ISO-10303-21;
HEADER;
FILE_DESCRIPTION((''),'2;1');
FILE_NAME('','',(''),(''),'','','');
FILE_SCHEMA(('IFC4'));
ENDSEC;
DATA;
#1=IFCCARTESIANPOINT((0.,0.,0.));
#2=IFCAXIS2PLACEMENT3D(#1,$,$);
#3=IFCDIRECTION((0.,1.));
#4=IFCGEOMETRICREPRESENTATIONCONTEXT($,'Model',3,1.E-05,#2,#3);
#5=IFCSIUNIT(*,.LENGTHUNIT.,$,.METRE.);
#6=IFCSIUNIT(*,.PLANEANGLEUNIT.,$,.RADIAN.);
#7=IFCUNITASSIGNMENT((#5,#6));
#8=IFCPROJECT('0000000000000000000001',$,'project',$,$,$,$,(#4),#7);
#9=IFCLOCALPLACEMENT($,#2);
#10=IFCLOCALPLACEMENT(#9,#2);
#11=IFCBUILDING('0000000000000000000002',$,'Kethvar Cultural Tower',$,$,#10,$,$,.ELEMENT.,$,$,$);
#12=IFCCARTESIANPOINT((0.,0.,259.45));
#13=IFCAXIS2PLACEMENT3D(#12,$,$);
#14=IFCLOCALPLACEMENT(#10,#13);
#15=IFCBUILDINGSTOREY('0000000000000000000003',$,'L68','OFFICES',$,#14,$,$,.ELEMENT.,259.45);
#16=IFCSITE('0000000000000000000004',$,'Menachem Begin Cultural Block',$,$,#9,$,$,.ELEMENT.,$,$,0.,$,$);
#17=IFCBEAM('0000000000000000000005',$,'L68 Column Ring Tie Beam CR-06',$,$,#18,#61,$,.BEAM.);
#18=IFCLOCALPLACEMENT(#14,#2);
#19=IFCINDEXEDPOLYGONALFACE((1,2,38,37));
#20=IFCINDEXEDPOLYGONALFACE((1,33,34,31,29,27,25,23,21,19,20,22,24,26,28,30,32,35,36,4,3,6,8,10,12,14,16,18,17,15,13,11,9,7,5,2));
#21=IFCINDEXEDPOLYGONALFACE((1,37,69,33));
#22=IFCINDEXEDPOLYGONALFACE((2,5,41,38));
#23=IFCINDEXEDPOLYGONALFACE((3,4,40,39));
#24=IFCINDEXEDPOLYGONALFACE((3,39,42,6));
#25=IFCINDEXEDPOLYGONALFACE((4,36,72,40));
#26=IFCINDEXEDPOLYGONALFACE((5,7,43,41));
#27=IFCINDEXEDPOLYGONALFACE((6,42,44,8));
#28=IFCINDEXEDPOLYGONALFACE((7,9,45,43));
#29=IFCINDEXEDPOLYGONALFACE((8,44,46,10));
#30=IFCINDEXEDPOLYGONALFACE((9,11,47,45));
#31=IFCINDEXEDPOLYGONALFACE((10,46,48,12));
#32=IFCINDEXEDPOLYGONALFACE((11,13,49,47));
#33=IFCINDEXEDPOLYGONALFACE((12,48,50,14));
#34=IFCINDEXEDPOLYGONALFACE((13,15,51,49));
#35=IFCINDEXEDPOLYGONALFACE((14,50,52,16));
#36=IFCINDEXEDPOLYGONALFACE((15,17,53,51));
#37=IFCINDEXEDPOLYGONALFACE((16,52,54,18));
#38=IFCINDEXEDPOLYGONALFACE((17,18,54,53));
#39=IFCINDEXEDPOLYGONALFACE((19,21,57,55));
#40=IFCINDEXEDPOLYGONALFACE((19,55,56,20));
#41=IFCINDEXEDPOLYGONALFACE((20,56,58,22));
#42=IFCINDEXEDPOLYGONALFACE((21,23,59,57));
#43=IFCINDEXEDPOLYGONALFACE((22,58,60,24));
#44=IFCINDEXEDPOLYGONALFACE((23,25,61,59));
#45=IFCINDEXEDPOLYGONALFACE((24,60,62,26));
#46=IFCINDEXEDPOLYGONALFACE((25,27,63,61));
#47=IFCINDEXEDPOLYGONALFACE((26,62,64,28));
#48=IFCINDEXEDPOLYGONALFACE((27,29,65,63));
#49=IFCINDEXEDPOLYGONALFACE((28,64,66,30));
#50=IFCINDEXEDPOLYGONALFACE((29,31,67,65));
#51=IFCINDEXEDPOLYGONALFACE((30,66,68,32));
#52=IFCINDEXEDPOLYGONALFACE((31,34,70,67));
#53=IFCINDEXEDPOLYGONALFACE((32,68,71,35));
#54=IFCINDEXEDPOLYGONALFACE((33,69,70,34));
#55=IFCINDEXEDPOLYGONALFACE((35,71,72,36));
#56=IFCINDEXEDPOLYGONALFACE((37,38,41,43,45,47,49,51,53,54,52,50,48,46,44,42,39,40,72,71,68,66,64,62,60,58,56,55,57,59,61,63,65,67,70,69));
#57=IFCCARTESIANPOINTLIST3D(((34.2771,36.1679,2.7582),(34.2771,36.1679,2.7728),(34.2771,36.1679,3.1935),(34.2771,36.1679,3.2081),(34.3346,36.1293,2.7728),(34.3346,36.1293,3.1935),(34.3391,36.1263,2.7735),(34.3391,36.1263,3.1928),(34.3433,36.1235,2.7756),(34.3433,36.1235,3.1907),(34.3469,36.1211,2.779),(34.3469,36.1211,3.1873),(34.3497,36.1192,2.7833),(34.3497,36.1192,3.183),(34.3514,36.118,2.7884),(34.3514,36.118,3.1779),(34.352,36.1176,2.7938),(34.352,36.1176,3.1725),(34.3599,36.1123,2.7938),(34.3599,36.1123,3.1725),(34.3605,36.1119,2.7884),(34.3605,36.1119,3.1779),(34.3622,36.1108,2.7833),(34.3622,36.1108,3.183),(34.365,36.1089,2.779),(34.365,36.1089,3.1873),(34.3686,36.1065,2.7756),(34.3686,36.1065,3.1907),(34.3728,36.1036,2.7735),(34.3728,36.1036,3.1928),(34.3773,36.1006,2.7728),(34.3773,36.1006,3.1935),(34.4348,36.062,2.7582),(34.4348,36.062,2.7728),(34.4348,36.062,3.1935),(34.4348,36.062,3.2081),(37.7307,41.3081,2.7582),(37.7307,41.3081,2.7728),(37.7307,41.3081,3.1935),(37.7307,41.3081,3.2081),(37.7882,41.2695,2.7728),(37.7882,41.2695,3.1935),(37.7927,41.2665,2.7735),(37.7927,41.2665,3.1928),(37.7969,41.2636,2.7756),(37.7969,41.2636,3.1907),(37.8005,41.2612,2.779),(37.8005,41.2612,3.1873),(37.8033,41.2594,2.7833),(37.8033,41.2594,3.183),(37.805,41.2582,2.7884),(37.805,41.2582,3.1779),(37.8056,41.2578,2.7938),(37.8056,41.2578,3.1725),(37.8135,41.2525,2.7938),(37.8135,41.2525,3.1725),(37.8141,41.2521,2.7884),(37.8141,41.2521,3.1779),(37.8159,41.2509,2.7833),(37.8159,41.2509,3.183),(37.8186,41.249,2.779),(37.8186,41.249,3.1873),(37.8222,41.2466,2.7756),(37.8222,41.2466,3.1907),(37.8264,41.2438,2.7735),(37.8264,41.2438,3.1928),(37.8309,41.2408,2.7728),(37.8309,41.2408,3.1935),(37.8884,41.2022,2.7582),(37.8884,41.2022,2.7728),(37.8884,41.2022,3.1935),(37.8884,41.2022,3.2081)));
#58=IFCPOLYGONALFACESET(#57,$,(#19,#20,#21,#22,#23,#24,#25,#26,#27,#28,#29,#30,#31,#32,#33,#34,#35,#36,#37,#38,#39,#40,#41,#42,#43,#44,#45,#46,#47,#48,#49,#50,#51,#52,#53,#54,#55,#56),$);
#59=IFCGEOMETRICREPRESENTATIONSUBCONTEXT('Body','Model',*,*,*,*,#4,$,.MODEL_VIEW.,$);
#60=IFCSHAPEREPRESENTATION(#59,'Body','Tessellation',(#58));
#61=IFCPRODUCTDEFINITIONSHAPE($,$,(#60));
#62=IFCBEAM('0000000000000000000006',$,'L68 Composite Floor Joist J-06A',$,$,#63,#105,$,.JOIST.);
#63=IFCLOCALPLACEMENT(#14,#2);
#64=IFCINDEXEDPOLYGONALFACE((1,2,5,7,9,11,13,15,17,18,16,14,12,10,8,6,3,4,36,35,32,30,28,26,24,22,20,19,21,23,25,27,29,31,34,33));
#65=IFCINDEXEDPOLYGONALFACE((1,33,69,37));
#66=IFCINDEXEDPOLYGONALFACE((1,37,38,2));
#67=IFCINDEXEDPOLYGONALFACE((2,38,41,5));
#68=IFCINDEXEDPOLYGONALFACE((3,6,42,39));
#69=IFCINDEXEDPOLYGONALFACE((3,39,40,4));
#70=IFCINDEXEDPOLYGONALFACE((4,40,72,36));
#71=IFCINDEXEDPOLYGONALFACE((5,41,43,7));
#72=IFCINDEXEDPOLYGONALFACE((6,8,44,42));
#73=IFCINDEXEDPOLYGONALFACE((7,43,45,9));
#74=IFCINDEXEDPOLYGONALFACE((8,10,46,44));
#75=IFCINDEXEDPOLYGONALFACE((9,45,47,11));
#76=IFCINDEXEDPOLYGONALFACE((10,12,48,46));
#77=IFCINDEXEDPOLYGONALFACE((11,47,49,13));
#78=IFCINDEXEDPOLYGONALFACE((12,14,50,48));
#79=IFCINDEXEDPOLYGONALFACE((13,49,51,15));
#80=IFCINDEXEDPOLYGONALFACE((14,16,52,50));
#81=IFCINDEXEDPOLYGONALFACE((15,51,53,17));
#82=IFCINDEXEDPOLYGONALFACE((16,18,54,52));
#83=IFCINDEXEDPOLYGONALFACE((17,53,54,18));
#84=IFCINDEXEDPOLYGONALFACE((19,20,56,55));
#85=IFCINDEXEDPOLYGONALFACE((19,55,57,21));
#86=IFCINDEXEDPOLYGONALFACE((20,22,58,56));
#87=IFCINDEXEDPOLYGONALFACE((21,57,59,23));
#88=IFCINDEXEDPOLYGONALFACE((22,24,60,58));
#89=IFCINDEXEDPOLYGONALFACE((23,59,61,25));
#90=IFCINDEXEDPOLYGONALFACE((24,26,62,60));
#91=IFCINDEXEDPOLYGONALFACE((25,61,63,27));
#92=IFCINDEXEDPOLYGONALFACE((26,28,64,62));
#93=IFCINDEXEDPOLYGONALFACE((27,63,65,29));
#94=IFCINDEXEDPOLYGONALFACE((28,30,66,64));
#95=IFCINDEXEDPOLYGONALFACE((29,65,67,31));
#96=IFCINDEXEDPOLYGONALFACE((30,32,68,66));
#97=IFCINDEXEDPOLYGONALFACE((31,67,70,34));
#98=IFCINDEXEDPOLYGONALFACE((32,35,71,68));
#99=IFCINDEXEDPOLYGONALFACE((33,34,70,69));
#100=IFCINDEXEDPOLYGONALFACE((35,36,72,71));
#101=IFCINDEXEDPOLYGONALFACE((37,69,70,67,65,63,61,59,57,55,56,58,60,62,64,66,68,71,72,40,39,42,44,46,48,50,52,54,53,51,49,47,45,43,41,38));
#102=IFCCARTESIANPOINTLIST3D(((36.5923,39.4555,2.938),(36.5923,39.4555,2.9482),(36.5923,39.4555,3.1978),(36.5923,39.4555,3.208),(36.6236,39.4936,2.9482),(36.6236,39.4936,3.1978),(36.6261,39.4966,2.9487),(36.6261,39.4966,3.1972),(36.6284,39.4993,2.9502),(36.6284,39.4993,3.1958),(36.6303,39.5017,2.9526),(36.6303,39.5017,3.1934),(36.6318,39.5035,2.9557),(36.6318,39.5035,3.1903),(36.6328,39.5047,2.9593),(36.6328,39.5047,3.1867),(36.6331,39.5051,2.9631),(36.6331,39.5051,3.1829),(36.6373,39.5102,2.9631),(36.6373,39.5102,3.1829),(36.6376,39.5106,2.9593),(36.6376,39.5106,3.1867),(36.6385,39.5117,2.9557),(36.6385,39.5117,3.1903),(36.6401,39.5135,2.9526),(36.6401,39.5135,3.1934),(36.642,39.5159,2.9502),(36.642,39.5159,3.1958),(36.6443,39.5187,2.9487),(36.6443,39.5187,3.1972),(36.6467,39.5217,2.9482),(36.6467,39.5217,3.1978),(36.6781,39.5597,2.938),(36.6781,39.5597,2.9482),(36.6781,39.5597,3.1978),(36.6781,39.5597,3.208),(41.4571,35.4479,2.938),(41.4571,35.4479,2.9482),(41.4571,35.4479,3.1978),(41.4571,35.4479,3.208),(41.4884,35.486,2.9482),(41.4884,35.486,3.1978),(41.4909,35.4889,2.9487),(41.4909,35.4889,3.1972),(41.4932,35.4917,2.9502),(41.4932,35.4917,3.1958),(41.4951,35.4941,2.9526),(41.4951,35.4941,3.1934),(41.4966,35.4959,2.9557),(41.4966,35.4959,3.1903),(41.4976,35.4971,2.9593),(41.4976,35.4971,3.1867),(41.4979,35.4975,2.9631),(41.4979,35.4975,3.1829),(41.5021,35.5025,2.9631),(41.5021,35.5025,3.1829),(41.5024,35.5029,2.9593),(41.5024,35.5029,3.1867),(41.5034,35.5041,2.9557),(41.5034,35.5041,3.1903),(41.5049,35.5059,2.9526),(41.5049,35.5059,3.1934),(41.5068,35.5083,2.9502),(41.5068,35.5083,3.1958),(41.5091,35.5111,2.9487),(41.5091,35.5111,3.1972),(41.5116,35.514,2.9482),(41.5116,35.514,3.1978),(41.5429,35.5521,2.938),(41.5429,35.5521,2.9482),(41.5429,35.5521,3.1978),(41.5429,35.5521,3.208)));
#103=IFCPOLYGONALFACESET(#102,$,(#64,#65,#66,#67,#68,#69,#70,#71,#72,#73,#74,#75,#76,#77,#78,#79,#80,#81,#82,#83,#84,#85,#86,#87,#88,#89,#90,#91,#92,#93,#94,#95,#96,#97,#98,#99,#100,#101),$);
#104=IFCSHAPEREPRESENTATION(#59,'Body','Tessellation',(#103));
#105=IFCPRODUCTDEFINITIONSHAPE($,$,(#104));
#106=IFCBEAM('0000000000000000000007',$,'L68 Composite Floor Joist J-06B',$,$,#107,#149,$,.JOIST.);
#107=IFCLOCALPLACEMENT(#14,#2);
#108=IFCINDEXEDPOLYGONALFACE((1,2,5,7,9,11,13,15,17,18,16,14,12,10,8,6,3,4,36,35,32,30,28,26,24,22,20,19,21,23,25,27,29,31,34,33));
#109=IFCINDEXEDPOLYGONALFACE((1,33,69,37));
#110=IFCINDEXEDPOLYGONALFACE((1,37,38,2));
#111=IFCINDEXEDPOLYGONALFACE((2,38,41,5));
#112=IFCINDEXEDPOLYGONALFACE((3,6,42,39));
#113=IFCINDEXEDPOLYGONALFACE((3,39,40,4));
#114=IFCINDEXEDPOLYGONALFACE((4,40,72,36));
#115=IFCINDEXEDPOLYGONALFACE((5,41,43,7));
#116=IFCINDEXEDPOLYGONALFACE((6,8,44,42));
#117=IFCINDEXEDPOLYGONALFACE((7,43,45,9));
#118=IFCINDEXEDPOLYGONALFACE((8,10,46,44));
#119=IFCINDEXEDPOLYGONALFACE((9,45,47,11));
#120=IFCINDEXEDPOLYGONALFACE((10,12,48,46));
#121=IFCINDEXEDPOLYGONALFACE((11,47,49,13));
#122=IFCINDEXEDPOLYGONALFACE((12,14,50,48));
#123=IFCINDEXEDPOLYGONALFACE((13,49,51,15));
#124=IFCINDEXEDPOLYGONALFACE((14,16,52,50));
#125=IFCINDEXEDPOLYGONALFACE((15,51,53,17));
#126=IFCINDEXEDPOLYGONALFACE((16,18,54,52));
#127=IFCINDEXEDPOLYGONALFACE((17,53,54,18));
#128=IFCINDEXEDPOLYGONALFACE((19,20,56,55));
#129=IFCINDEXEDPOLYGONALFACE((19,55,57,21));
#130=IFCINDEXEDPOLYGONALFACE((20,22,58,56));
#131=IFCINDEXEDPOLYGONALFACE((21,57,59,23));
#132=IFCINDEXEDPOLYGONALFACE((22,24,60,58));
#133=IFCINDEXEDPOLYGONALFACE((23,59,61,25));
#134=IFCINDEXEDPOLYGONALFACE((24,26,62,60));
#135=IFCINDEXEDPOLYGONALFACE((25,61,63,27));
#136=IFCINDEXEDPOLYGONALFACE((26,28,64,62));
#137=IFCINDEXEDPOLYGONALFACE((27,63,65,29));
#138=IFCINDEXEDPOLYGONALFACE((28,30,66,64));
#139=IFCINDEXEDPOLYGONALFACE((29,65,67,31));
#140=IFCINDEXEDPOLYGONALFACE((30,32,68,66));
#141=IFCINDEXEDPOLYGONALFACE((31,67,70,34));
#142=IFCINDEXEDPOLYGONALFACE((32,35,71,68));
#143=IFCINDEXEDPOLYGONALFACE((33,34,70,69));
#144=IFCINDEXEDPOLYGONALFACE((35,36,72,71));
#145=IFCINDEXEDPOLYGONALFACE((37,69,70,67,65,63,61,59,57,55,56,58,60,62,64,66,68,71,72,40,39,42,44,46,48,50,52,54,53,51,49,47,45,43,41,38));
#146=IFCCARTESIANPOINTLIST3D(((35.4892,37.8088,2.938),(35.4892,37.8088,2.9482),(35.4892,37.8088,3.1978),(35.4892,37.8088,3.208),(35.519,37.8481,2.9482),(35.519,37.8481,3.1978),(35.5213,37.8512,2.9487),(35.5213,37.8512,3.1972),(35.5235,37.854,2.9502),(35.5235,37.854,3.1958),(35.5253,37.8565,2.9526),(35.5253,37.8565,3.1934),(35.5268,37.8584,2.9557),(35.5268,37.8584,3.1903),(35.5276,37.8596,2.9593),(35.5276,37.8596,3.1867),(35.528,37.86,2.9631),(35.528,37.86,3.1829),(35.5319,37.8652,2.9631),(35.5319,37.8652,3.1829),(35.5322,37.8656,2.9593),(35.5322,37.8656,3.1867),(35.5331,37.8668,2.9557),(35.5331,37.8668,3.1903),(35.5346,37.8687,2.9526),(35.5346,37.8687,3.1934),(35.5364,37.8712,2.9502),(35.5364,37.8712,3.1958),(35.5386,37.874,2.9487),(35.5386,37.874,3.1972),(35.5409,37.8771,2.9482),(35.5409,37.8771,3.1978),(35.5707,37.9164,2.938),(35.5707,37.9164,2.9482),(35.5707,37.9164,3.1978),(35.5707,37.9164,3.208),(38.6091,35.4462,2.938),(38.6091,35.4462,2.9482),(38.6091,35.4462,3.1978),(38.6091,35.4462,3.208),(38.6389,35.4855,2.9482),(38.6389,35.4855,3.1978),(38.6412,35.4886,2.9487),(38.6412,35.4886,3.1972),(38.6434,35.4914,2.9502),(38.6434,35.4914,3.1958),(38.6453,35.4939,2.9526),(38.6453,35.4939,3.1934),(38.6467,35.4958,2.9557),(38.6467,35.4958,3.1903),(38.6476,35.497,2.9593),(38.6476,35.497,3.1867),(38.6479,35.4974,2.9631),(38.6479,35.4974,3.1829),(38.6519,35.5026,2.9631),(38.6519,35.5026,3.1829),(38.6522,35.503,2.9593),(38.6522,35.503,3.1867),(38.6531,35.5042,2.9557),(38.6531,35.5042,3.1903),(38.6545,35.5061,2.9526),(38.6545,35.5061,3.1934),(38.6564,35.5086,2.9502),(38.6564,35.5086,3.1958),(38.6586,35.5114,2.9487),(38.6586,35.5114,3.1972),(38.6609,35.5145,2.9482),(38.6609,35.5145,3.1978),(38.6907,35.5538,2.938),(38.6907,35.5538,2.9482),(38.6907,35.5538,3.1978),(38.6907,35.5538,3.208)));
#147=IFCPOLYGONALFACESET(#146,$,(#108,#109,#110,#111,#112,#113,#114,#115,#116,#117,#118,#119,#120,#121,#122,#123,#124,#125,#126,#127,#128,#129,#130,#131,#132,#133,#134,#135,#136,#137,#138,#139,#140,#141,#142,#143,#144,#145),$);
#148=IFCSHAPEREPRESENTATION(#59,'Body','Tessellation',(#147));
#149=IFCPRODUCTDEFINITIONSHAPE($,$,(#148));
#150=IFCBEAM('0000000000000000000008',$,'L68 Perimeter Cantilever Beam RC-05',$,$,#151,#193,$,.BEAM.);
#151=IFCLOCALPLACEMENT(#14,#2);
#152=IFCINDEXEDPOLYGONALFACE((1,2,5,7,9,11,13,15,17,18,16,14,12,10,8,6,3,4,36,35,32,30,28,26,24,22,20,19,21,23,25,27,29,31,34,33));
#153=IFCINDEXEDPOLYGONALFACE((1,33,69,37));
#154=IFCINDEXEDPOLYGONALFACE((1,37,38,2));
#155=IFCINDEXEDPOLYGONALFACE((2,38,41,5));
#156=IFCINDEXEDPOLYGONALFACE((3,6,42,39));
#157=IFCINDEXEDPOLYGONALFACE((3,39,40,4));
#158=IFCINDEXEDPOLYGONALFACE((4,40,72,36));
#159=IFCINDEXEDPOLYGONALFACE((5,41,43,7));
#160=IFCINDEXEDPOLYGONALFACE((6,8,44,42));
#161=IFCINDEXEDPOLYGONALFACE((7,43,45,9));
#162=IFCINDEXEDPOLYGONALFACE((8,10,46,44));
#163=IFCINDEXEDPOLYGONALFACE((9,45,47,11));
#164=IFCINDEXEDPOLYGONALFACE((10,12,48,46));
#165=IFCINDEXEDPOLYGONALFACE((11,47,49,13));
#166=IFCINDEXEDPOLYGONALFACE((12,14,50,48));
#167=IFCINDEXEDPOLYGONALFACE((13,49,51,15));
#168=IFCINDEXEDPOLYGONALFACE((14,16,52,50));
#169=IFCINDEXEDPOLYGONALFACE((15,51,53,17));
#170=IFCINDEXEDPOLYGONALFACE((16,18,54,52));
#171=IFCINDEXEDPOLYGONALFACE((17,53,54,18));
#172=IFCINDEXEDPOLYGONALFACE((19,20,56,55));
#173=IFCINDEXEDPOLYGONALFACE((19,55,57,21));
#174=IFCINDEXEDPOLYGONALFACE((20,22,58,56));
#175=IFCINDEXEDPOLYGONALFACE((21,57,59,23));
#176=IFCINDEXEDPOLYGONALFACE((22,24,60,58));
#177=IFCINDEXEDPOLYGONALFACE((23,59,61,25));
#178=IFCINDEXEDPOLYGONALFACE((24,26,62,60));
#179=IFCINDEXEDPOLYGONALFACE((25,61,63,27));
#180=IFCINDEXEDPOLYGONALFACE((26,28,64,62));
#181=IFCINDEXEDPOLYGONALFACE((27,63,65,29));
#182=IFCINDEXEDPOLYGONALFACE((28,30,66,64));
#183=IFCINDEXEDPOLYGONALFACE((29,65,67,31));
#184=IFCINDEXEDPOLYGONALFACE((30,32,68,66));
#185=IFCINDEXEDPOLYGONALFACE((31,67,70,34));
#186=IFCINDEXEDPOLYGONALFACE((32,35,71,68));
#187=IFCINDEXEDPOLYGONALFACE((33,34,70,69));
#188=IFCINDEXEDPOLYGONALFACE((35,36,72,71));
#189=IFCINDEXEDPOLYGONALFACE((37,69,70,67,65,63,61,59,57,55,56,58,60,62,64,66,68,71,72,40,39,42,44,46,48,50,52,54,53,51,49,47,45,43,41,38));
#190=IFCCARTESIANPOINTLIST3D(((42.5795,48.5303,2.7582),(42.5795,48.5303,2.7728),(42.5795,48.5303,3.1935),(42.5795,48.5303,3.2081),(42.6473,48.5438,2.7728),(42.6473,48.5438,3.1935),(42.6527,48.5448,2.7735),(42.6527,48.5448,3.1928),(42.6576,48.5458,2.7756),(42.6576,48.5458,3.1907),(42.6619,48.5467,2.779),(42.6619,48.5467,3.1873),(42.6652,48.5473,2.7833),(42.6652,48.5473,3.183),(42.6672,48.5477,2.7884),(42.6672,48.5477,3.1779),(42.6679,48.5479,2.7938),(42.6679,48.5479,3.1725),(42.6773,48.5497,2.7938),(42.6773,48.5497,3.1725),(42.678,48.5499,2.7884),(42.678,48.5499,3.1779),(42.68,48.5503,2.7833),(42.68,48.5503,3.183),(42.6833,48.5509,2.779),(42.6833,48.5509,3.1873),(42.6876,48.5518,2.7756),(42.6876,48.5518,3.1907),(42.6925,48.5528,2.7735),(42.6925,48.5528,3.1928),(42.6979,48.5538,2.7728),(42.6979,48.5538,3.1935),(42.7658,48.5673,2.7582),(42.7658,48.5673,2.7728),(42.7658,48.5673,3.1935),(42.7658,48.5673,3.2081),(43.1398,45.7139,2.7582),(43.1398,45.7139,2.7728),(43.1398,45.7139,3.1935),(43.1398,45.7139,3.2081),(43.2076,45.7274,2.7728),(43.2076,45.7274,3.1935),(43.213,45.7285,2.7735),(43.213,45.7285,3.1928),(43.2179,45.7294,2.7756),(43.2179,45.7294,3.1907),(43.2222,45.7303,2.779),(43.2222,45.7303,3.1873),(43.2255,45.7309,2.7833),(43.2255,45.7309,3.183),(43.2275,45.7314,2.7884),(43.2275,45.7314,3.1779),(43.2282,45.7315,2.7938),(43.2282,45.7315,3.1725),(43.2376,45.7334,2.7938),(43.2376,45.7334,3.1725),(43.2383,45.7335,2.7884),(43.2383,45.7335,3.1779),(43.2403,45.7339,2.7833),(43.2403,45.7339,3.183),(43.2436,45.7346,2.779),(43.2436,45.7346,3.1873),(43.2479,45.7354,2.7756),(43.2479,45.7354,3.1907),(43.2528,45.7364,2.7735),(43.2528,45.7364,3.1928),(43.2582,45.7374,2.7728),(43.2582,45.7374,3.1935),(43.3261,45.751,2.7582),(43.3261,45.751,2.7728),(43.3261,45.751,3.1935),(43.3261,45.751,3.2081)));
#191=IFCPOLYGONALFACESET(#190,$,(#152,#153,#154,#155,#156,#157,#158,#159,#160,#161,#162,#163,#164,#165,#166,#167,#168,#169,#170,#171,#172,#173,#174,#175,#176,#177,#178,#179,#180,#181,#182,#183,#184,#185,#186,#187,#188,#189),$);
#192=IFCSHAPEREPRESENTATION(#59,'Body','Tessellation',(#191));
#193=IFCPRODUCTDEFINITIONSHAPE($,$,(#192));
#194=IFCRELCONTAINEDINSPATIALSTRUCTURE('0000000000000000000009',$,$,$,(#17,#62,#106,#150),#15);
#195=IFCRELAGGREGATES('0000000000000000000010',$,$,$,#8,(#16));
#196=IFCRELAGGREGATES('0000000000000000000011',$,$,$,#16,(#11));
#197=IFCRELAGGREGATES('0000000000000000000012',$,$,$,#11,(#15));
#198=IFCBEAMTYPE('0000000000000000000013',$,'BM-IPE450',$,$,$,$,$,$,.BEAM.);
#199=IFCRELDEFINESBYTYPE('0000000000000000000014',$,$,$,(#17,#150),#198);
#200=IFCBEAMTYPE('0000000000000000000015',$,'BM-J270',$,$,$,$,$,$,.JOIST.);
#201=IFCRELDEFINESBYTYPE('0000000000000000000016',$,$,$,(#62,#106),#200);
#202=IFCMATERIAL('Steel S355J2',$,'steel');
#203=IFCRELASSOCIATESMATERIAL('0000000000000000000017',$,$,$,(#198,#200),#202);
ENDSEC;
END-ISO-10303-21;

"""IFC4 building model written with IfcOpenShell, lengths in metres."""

from ifc_helpers import new_model, si_unit, direction, frame, origin, origin_2d, place, context, subcontext, project, spatial, i_section, extrude, source, transform, mapped, material, material_profile, profile_set, type_object, element, save


model = new_model("IFC4")

# Units and contexts
model_context = context("Model", 3, precision=1e-05, world=origin(), true_north=direction((0.0, 1.0)))
body_context = subcontext(model_context, "Body", "Model", "MODEL_VIEW")
ifc_project = project(units=[si_unit("LENGTHUNIT", "METRE"), si_unit("PLANEANGLEUNIT", "RADIAN")], contexts=[model_context])

# Site, building, storey
site_placement = place(None, origin())
site = spatial("IfcSite", under=ifc_project, at=site_placement, Name="Menachem Begin Cultural Block", CompositionType="ELEMENT", RefElevation=0.0)
building_placement = place(site_placement, origin())
building = spatial("IfcBuilding", under=site, at=building_placement, Name="Kethvar Cultural Tower", CompositionType="ELEMENT")
storey_placement = place(building_placement, frame((0.0, 0.0, 259.45)))
storey = spatial("IfcBuildingStorey", under=building, at=storey_placement, Name="L68", Description="OFFICES", CompositionType="ELEMENT", Elevation=259.45)

# Beams
ifc_material_1 = material(Name="Steel S355J2", Category="steel")
ifc_material_profile_1 = material_profile(ifc_material_1, i_section(OverallWidth=0.1899, OverallDepth=0.45, WebThickness=0.0095, FlangeThickness=0.0146, FilletRadius=0.021, at=origin_2d()), Name="Steel S355J2 — IPE450")
ifc_profile_set_1 = profile_set([ifc_material_profile_1], Name="Steel S355J2 — IPE450")
beam_type_1 = type_object("IfcBeamType", Name="BM-IPE450", PredefinedType="BEAM", material=ifc_profile_set_1)
ifc_material_profile_2 = material_profile(ifc_material_1, i_section(OverallWidth=0.135, OverallDepth=0.27, WebThickness=0.0066, FlangeThickness=0.0103, FilletRadius=0.0149, at=origin_2d()), Name="Steel S355J2 — IPE270")
ifc_profile_set_2 = profile_set([ifc_material_profile_2], Name="Steel S355J2 — IPE270")
beam_type_2 = type_object("IfcBeamType", Name="BM-J270", PredefinedType="JOIST", material=ifc_profile_set_2)
shared_shape_1 = source(origin(), body_context, "Body", "SweptSolid", [
    extrude(i_section(OverallWidth=0.1899, OverallDepth=0.45, WebThickness=0.0095, FlangeThickness=0.0146, FilletRadius=0.021, at=origin_2d()), origin(), (0.0, 0.0, 1.0), 6.1926),
])
beam_1_placement = place(storey_placement, frame((37.8096, 41.2551, 2.9832), z_axis=(-0.557699, -0.830043, 0.0), x_axis=(0.830043, -0.557699, 0.0)))
element("IfcBeam", 1, at=beam_1_placement, inside=storey, type_object=beam_type_1, Name="L68 Column Ring Tie Beam CR-06", PredefinedType="BEAM", context=body_context, shape_type="MappedRepresentation", body=[
    mapped(shared_shape_1, transform((0.0, 0.0, 0.0), scale=1.0)),
])
shared_shape_2 = source(origin(), body_context, "Body", "SweptSolid", [
    extrude(i_section(OverallWidth=0.135, OverallDepth=0.27, WebThickness=0.0066, FlangeThickness=0.0103, FilletRadius=0.0149, at=origin_2d()), origin(), (0.0, 0.0, 1.0), 6.303),
])
beam_2_placement = place(storey_placement, frame((41.5, 35.5, 3.073), z_axis=(-0.771828, 0.635831, 0.0), x_axis=(-0.635831, -0.771828, 0.0)))
element("IfcBeam", 2, at=beam_2_placement, inside=storey, type_object=beam_type_2, Name="L68 Composite Floor Joist J-06A", PredefinedType="JOIST", context=body_context, shape_type="MappedRepresentation", body=[
    mapped(shared_shape_2, transform((0.0, 0.0, 0.0), scale=1.0)),
])
shared_shape_3 = source(origin(), body_context, "Body", "SweptSolid", [
    extrude(i_section(OverallWidth=0.135, OverallDepth=0.27, WebThickness=0.0066, FlangeThickness=0.0103, FilletRadius=0.0149, at=origin_2d()), origin(), (0.0, 0.0, 1.0), 3.9136),
])
beam_3_placement = place(storey_placement, frame((38.6499, 35.5, 3.073), z_axis=(-0.797214, 0.603697, 0.0), x_axis=(-0.603697, -0.797214, 0.0)))
element("IfcBeam", 3, at=beam_3_placement, inside=storey, type_object=beam_type_2, Name="L68 Composite Floor Joist J-06B", PredefinedType="JOIST", context=body_context, shape_type="MappedRepresentation", body=[
    mapped(shared_shape_3, transform((0.0, 0.0, 0.0), scale=1.0)),
])
shared_shape_4 = source(origin(), body_context, "Body", "SweptSolid", [
    extrude(i_section(OverallWidth=0.1899, OverallDepth=0.45, WebThickness=0.0095, FlangeThickness=0.0146, FilletRadius=0.021, at=origin_2d()), origin(), (0.0, 0.0, 1.0), 2.8716),
])
beam_4_placement = place(storey_placement, frame((43.2329, 45.7324, 2.9832), z_axis=(-0.195119, 0.98078, 0.0), x_axis=(-0.98078, -0.195119, 0.0)))
element("IfcBeam", 4, at=beam_4_placement, inside=storey, type_object=beam_type_1, Name="L68 Perimeter Cantilever Beam RC-05", PredefinedType="BEAM", context=body_context, shape_type="MappedRepresentation", body=[
    mapped(shared_shape_4, transform((0.0, 0.0, 0.0), scale=1.0)),
])

save(model, "model.ifc")
